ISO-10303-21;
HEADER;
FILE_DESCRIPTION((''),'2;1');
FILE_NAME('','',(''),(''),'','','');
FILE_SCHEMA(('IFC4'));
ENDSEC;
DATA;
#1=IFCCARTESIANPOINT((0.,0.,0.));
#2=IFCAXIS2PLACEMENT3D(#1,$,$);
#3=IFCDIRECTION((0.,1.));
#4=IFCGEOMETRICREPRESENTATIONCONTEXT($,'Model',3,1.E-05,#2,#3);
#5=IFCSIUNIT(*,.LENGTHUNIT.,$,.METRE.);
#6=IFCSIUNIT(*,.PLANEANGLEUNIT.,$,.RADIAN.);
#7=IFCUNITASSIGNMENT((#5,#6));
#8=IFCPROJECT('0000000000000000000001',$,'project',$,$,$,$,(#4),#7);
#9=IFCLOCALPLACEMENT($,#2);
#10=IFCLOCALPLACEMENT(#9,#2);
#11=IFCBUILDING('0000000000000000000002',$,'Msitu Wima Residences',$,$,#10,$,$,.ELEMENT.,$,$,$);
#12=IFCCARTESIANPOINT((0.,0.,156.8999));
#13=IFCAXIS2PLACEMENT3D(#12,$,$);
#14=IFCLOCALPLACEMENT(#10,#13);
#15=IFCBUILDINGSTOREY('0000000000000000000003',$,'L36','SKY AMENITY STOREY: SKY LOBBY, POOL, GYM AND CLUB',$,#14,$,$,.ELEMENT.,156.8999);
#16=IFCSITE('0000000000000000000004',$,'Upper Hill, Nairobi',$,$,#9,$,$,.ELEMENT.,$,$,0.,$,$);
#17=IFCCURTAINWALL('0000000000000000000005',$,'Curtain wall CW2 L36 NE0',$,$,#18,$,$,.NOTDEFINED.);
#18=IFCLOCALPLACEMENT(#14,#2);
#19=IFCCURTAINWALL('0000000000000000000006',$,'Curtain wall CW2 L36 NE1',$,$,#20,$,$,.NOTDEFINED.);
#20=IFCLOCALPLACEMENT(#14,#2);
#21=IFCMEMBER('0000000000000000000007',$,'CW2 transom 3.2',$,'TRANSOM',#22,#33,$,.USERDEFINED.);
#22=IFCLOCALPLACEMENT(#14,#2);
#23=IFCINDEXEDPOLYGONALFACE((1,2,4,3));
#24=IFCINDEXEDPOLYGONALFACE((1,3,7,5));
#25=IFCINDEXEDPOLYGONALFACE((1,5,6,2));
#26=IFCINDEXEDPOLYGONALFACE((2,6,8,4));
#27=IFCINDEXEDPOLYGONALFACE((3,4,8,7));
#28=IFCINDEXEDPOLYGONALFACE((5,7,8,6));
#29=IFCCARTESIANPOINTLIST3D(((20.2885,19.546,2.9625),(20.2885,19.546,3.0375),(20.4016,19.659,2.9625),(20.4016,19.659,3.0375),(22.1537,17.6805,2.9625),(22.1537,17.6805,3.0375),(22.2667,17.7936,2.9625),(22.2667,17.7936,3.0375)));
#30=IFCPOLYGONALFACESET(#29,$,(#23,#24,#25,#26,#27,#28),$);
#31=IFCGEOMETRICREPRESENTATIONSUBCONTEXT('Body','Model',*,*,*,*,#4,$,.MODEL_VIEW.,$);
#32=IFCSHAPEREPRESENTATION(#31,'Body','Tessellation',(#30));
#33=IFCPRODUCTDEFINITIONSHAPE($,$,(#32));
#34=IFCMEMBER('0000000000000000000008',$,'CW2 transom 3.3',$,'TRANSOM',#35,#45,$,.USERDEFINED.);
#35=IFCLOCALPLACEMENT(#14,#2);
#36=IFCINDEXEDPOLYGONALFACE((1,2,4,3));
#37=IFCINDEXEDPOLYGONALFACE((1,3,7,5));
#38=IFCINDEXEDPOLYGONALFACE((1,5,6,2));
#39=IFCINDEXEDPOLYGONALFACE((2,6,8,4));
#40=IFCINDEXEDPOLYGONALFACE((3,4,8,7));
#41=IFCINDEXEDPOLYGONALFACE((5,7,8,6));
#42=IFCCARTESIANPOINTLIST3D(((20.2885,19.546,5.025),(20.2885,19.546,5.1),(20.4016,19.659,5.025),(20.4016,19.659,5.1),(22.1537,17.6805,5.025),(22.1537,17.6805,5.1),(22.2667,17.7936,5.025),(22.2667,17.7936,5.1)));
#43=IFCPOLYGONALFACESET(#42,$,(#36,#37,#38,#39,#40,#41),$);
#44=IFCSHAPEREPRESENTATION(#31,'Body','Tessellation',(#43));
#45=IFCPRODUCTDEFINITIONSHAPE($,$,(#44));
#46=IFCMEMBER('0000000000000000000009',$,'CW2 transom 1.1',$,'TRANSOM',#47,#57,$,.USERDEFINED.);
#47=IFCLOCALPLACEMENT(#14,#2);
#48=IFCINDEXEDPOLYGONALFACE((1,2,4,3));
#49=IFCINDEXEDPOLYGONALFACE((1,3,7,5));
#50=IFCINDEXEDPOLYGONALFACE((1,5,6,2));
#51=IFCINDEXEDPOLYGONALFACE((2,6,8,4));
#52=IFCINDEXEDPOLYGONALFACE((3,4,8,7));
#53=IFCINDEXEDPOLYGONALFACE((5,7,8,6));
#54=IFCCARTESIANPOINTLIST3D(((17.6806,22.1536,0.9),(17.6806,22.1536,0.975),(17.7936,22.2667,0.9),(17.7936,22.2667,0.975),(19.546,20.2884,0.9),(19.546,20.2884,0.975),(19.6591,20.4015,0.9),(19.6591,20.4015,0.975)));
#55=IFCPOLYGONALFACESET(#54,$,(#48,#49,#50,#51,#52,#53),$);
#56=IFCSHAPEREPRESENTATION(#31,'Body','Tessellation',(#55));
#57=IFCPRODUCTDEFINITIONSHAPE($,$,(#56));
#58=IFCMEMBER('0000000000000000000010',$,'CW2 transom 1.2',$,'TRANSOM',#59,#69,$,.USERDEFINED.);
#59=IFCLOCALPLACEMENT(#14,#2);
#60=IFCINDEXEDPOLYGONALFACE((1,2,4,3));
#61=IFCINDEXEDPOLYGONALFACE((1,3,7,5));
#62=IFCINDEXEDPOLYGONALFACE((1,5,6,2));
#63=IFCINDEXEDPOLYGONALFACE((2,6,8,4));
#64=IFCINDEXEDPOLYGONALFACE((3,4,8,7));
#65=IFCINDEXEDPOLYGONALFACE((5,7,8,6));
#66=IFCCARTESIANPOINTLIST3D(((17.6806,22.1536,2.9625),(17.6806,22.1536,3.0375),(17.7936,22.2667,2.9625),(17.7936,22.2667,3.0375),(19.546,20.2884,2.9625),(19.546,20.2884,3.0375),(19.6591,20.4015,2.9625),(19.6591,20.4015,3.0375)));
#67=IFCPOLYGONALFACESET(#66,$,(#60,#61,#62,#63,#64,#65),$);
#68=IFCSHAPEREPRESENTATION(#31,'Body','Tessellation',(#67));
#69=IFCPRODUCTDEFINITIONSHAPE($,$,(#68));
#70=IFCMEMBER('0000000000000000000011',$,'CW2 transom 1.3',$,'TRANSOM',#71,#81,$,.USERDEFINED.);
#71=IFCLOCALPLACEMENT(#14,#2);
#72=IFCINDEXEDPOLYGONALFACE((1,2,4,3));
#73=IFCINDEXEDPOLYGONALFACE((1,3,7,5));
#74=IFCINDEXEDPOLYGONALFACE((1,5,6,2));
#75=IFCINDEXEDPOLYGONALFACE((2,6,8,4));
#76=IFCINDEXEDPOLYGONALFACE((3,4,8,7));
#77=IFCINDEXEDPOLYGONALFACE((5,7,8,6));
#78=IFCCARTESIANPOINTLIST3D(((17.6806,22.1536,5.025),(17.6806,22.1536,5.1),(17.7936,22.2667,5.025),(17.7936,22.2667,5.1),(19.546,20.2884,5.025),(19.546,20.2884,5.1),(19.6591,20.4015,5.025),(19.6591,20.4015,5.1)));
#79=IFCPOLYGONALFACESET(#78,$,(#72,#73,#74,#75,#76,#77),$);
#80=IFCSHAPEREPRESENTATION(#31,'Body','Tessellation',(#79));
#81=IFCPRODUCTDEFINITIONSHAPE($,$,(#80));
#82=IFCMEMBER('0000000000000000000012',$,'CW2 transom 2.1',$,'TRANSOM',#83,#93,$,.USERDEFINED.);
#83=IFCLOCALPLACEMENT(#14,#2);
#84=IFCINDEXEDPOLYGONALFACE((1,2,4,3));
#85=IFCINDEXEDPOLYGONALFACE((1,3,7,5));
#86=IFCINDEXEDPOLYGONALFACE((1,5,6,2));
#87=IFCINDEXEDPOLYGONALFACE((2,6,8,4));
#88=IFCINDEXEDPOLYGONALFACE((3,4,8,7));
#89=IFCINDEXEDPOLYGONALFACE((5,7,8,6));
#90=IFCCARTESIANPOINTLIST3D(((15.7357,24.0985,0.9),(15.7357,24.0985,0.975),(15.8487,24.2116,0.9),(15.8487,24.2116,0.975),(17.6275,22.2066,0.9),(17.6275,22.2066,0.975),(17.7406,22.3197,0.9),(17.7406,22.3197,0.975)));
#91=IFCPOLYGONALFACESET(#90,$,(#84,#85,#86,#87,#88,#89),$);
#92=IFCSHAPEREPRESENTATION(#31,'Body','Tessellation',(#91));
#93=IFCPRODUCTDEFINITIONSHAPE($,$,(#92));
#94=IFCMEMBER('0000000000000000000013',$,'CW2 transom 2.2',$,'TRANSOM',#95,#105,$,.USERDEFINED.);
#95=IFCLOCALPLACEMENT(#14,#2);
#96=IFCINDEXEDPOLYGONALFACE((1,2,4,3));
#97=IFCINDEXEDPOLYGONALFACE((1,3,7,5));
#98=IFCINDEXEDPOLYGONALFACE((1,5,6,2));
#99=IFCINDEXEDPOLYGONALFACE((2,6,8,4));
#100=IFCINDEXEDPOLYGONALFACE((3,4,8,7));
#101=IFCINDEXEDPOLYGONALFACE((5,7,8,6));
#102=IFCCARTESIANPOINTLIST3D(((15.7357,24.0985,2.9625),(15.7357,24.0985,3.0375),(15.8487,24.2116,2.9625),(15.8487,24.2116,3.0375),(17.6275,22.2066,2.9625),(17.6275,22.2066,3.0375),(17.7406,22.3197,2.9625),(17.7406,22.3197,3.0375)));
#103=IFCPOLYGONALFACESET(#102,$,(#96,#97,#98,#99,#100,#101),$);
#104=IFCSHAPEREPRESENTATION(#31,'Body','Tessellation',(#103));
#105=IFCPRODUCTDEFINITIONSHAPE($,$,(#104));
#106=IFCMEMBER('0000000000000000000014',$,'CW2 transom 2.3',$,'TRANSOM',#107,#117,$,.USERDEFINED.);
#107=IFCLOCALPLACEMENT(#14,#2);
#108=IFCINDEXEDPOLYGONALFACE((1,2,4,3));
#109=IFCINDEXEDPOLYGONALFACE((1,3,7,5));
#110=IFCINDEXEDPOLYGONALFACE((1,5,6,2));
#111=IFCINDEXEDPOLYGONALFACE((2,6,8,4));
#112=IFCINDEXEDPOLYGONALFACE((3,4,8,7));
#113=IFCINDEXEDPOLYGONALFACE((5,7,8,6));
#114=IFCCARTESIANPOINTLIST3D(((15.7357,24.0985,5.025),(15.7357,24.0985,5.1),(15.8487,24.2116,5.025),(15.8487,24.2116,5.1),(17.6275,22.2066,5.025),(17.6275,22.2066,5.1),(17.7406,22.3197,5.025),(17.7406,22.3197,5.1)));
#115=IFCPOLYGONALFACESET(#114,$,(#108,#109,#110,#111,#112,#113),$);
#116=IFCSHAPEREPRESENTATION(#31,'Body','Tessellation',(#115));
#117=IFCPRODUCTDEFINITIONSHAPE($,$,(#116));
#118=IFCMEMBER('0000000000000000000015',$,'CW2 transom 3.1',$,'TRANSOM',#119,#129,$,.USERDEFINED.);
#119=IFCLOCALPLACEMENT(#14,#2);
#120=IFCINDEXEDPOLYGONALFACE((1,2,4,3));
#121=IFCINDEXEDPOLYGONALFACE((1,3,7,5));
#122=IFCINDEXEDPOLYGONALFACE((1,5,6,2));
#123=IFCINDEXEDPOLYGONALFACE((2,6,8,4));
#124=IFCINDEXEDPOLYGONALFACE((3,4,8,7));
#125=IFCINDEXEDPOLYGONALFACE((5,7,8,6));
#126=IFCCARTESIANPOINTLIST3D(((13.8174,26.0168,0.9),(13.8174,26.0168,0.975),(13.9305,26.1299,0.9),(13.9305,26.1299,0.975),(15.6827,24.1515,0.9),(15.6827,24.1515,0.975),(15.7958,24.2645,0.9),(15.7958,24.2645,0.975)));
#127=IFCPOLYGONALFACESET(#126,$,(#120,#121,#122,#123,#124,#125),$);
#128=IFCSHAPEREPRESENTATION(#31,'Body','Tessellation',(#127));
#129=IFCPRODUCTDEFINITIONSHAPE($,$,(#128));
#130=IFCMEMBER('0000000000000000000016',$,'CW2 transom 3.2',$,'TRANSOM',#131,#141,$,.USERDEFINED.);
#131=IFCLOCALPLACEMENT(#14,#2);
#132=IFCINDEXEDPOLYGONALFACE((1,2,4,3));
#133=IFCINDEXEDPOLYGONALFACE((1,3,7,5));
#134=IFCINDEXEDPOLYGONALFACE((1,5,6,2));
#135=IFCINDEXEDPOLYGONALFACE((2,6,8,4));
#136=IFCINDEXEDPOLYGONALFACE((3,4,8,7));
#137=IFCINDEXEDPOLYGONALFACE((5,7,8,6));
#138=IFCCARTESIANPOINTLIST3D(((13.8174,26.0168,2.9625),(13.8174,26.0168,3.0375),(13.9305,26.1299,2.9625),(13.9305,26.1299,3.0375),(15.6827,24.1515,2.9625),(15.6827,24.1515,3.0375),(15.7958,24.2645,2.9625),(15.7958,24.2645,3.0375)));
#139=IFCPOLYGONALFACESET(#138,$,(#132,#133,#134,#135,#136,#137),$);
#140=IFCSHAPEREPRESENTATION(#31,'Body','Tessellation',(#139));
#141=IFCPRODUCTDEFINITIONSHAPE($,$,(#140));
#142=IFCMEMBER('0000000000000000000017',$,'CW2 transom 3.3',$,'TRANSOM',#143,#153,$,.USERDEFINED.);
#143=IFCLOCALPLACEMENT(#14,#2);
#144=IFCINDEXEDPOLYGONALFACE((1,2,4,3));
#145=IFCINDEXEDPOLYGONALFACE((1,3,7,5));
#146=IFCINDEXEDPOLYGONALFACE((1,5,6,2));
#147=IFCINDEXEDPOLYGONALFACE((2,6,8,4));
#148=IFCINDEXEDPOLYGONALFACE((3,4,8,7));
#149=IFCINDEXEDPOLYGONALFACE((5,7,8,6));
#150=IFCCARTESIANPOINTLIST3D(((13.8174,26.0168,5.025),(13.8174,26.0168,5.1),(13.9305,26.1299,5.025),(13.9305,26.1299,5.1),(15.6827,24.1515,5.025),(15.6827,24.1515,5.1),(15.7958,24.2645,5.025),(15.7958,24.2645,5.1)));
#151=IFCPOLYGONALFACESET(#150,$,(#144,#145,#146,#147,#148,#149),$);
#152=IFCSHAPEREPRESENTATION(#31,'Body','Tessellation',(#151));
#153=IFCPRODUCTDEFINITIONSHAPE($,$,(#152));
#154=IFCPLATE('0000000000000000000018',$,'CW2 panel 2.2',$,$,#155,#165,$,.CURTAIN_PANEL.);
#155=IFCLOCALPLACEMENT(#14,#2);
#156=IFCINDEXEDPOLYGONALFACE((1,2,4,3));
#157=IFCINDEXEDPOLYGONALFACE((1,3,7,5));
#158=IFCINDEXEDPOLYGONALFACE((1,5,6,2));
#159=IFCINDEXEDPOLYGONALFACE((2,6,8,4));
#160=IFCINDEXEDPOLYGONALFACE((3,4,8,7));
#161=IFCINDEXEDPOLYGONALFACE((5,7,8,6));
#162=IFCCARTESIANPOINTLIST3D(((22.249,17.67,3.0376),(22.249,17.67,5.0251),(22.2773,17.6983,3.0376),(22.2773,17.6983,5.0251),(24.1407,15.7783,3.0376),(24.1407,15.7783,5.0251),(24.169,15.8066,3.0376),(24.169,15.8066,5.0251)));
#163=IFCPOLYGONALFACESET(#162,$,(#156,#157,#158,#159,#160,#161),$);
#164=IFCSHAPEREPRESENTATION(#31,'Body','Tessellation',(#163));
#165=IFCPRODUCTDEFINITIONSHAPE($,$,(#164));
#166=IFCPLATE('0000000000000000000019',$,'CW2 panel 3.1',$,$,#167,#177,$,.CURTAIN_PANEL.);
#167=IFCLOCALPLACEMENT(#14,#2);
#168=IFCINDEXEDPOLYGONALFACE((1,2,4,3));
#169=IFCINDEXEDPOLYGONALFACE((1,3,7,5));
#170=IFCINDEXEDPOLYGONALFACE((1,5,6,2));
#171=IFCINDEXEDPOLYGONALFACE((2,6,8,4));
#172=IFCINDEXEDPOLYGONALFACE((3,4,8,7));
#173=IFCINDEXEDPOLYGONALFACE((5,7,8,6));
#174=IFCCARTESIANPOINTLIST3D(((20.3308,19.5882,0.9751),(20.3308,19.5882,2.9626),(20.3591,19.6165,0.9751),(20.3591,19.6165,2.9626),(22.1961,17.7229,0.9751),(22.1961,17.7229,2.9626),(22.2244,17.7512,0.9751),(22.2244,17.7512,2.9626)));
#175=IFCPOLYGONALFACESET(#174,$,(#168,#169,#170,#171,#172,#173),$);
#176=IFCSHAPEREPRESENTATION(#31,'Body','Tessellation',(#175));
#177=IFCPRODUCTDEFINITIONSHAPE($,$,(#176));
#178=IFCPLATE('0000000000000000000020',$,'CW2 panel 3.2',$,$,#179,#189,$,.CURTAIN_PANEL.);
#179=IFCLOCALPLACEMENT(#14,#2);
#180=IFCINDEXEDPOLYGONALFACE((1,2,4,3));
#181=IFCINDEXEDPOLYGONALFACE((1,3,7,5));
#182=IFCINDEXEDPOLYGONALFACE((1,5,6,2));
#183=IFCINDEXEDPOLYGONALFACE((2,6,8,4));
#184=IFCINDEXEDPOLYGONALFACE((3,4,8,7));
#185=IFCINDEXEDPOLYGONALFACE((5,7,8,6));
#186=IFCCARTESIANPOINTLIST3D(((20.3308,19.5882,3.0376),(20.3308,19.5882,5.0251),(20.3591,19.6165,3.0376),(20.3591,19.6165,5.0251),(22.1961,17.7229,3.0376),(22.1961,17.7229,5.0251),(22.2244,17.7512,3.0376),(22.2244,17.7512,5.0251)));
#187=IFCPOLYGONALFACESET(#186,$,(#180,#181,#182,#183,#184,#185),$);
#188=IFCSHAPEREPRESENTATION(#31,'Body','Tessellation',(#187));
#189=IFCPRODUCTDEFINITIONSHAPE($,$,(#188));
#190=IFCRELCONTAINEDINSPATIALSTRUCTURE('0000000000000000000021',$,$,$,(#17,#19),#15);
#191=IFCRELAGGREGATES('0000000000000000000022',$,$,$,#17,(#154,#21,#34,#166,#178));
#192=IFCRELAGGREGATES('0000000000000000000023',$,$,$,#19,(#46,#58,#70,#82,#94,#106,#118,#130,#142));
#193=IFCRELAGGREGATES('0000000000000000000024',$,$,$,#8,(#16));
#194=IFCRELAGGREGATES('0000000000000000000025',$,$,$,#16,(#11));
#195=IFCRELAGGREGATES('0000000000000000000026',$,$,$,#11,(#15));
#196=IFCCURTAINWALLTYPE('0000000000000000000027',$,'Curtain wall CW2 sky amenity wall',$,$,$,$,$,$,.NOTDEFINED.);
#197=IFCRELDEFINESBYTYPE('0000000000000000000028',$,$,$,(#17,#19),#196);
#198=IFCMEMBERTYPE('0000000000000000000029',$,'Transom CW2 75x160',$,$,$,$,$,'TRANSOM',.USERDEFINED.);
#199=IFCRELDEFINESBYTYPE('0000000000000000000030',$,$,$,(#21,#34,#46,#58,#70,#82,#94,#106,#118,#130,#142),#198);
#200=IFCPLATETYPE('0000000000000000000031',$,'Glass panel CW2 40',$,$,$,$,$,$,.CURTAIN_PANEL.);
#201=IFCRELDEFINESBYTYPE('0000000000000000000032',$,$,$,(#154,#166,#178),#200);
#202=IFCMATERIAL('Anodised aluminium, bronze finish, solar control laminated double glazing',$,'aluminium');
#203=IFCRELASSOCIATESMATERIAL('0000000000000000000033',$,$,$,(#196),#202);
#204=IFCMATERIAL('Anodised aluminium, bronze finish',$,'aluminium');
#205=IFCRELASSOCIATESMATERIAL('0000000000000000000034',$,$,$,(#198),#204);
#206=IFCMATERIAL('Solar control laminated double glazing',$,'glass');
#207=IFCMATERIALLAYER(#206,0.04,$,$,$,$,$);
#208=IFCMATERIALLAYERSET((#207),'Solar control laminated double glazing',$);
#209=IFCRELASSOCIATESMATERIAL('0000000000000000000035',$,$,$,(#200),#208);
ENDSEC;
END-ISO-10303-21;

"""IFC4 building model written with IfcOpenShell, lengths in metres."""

from ifc_helpers import new_model, si_unit, direction, frame, origin, origin_2d, place, context, subcontext, project, spatial, rectangle, extrude, material, layer, layer_set, material_profile, profile_set, type_object, element, aggregate, save


model = new_model("IFC4")

# Units and contexts
model_context = context("Model", 3, precision=1e-05, world=origin(), true_north=direction((0.0, 1.0)))
body_context = subcontext(model_context, "Body", "Model", "MODEL_VIEW")
ifc_project = project(units=[si_unit("LENGTHUNIT", "METRE"), si_unit("PLANEANGLEUNIT", "RADIAN")], contexts=[model_context])

# Site, building, storey
site_placement = place(None, origin())
site = spatial("IfcSite", under=ifc_project, at=site_placement, Name="Upper Hill, Nairobi", CompositionType="ELEMENT", RefElevation=0.0)
building_placement = place(site_placement, origin())
building = spatial("IfcBuilding", under=site, at=building_placement, Name="Msitu Wima Residences", CompositionType="ELEMENT")
storey_placement = place(building_placement, frame((0.0, 0.0, 156.8999)))
storey = spatial("IfcBuildingStorey", under=building, at=storey_placement, Name="L36", Description="SKY AMENITY STOREY: SKY LOBBY, POOL, GYM AND CLUB", CompositionType="ELEMENT", Elevation=156.8999)

# Curtain walls
ifc_material_1 = material(Name="Anodised aluminium, bronze finish, solar control laminated double glazing", Category="aluminium")
curtain_wall_type = type_object("IfcCurtainWallType", Name="Curtain wall CW2 sky amenity wall", PredefinedType="NOTDEFINED", material=ifc_material_1)
curtain_wall_1_placement = place(storey_placement, origin())
curtain_wall_1 = element("IfcCurtainWall", 1, at=curtain_wall_1_placement, inside=storey, type_object=curtain_wall_type, Name="Curtain wall CW2 L36 NE0", PredefinedType="NOTDEFINED")
ifc_material_2 = material(Name="Anodised aluminium, bronze finish", Category="aluminium")
curtain_wall_2_placement = place(storey_placement, origin())
curtain_wall_2 = element("IfcCurtainWall", 2, at=curtain_wall_2_placement, inside=storey, type_object=curtain_wall_type, Name="Curtain wall CW2 L36 NE1", PredefinedType="NOTDEFINED")

# Members
ifc_material_profile_1 = material_profile(ifc_material_2, rectangle(XDim=0.1599, YDim=0.075, at=origin_2d()), Name="Transom 75x160")
ifc_profile_set_1 = profile_set([ifc_material_profile_1], Name="Anodised aluminium, bronze finish")
member_type_1 = type_object("IfcMemberType", Name="Transom CW2 75x160", ElementType="TRANSOM", PredefinedType="USERDEFINED", material=ifc_profile_set_1)
member_1_placement = place(storey_placement, frame((22.2102, 17.7371, 3.0), z_axis=(-0.707061, 0.707153, 0.0), x_axis=(-0.707153, -0.707061, 0.0)))
member_1 = element("IfcMember", 3, at=member_1_placement, type_object=member_type_1, Name="CW2 transom 3.2", ObjectType="TRANSOM", PredefinedType="USERDEFINED", context=body_context, shape_type="SweptSolid", body=[
    extrude(rectangle(XDim=0.1599, YDim=0.075, at=origin_2d()), origin(), (0.0, 0.0, 1.0), 2.6379),
])
member_2_placement = place(storey_placement, frame((22.2102, 17.7371, 5.0625), z_axis=(-0.707061, 0.707153, 0.0), x_axis=(-0.707153, -0.707061, 0.0)))
member_2 = element("IfcMember", 4, at=member_2_placement, type_object=member_type_1, Name="CW2 transom 3.3", ObjectType="TRANSOM", PredefinedType="USERDEFINED", context=body_context, shape_type="SweptSolid", body=[
    extrude(rectangle(XDim=0.1599, YDim=0.075, at=origin_2d()), origin(), (0.0, 0.0, 1.0), 2.6379),
])
member_3_placement = place(storey_placement, frame((19.6025, 20.345, 0.9375), z_axis=(-0.707153, 0.707061, 0.0), x_axis=(-0.707061, -0.707153, 0.0)))
member_3 = element("IfcMember", 5, at=member_3_placement, type_object=member_type_1, Name="CW2 transom 1.1", ObjectType="TRANSOM", PredefinedType="USERDEFINED", context=body_context, shape_type="SweptSolid", body=[
    extrude(rectangle(XDim=0.1599, YDim=0.075, at=origin_2d()), origin(), (0.0, 0.0, 1.0), 2.6379),
])
member_4_placement = place(storey_placement, frame((19.6025, 20.345, 3.0), z_axis=(-0.707153, 0.707061, 0.0), x_axis=(-0.707061, -0.707153, 0.0)))
member_4 = element("IfcMember", 6, at=member_4_placement, type_object=member_type_1, Name="CW2 transom 1.2", ObjectType="TRANSOM", PredefinedType="USERDEFINED", context=body_context, shape_type="SweptSolid", body=[
    extrude(rectangle(XDim=0.1599, YDim=0.075, at=origin_2d()), origin(), (0.0, 0.0, 1.0), 2.6379),
])
member_5_placement = place(storey_placement, frame((19.6025, 20.345, 5.0625), z_axis=(-0.707153, 0.707061, 0.0), x_axis=(-0.707061, -0.707153, 0.0)))
member_5 = element("IfcMember", 7, at=member_5_placement, type_object=member_type_1, Name="CW2 transom 1.3", ObjectType="TRANSOM", PredefinedType="USERDEFINED", context=body_context, shape_type="SweptSolid", body=[
    extrude(rectangle(XDim=0.1599, YDim=0.075, at=origin_2d()), origin(), (0.0, 0.0, 1.0), 2.6379),
])
member_6_placement = place(storey_placement, frame((17.6841, 22.2632, 0.9375), z_axis=(-0.707107, 0.707107, 0.0), x_axis=(-0.707107, -0.707107, 0.0)))
member_6 = element("IfcMember", 8, at=member_6_placement, type_object=member_type_1, Name="CW2 transom 2.1", ObjectType="TRANSOM", PredefinedType="USERDEFINED", context=body_context, shape_type="SweptSolid", body=[
    extrude(rectangle(XDim=0.1599, YDim=0.075, at=origin_2d()), origin(), (0.0, 0.0, 1.0), 2.6755),
])
member_7_placement = place(storey_placement, frame((17.6841, 22.2632, 3.0), z_axis=(-0.707107, 0.707107, 0.0), x_axis=(-0.707107, -0.707107, 0.0)))
member_7 = element("IfcMember", 9, at=member_7_placement, type_object=member_type_1, Name="CW2 transom 2.2", ObjectType="TRANSOM", PredefinedType="USERDEFINED", context=body_context, shape_type="SweptSolid", body=[
    extrude(rectangle(XDim=0.1599, YDim=0.075, at=origin_2d()), origin(), (0.0, 0.0, 1.0), 2.6755),
])
member_8_placement = place(storey_placement, frame((17.6841, 22.2632, 5.0625), z_axis=(-0.707107, 0.707107, 0.0), x_axis=(-0.707107, -0.707107, 0.0)))
member_8 = element("IfcMember", 10, at=member_8_placement, type_object=member_type_1, Name="CW2 transom 2.3", ObjectType="TRANSOM", PredefinedType="USERDEFINED", context=body_context, shape_type="SweptSolid", body=[
    extrude(rectangle(XDim=0.1599, YDim=0.075, at=origin_2d()), origin(), (0.0, 0.0, 1.0), 2.6755),
])
member_9_placement = place(storey_placement, frame((15.7393, 24.208, 0.9375), z_axis=(-0.707107, 0.707107, 0.0), x_axis=(-0.707107, -0.707107, 0.0)))
member_9 = element("IfcMember", 11, at=member_9_placement, type_object=member_type_1, Name="CW2 transom 3.1", ObjectType="TRANSOM", PredefinedType="USERDEFINED", context=body_context, shape_type="SweptSolid", body=[
    extrude(rectangle(XDim=0.1599, YDim=0.075, at=origin_2d()), origin(), (0.0, 0.0, 1.0), 2.6379),
])
member_10_placement = place(storey_placement, frame((15.7393, 24.208, 3.0), z_axis=(-0.707107, 0.707107, 0.0), x_axis=(-0.707107, -0.707107, 0.0)))
member_10 = element("IfcMember", 12, at=member_10_placement, type_object=member_type_1, Name="CW2 transom 3.2", ObjectType="TRANSOM", PredefinedType="USERDEFINED", context=body_context, shape_type="SweptSolid", body=[
    extrude(rectangle(XDim=0.1599, YDim=0.075, at=origin_2d()), origin(), (0.0, 0.0, 1.0), 2.6379),
])
member_11_placement = place(storey_placement, frame((15.7393, 24.208, 5.0625), z_axis=(-0.707107, 0.707107, 0.0), x_axis=(-0.707107, -0.707107, 0.0)))
member_11 = element("IfcMember", 13, at=member_11_placement, type_object=member_type_1, Name="CW2 transom 3.3", ObjectType="TRANSOM", PredefinedType="USERDEFINED", context=body_context, shape_type="SweptSolid", body=[
    extrude(rectangle(XDim=0.1599, YDim=0.075, at=origin_2d()), origin(), (0.0, 0.0, 1.0), 2.6379),
])

# Plates
ifc_material_3 = material(Name="Solar control laminated double glazing", Category="glass")
ifc_layer_1 = layer(ifc_material_3, 0.04)
ifc_layer_set_1 = layer_set([ifc_layer_1], Name="Solar control laminated double glazing")
plate_type = type_object("IfcPlateType", Name="Glass panel CW2 40", PredefinedType="CURTAIN_PANEL", material=ifc_layer_set_1)
plate_1_placement = place(storey_placement, frame((23.209, 16.7383, 3.0376), z_axis=(0.0, 0.0, 1.0), x_axis=(-0.707107, 0.707107, 0.0)))
plate_1 = element("IfcPlate", 14, at=plate_1_placement, type_object=plate_type, Name="CW2 panel 2.2", PredefinedType="CURTAIN_PANEL", context=body_context, shape_type="SweptSolid", body=[
    extrude(rectangle(XDim=2.6753, YDim=0.04, at=origin_2d()), origin(), (0.0, 0.0, 1.0), 1.9875),
])
plate_2_placement = place(storey_placement, frame((21.2776, 18.6697, 0.9751), z_axis=(0.0, 0.0, 1.0), x_axis=(-0.707107, 0.707107, 0.0)))
plate_2 = element("IfcPlate", 15, at=plate_2_placement, type_object=plate_type, Name="CW2 panel 3.1", PredefinedType="CURTAIN_PANEL", context=body_context, shape_type="SweptSolid", body=[
    extrude(rectangle(XDim=2.6379, YDim=0.04, at=origin_2d()), origin(), (0.0, 0.0, 1.0), 1.9875),
])
plate_3_placement = place(storey_placement, frame((21.2776, 18.6697, 3.0376), z_axis=(0.0, 0.0, 1.0), x_axis=(-0.707107, 0.707107, 0.0)))
plate_3 = element("IfcPlate", 16, at=plate_3_placement, type_object=plate_type, Name="CW2 panel 3.2", PredefinedType="CURTAIN_PANEL", context=body_context, shape_type="SweptSolid", body=[
    extrude(rectangle(XDim=2.6379, YDim=0.04, at=origin_2d()), origin(), (0.0, 0.0, 1.0), 1.9875),
])
aggregate(curtain_wall_1, [plate_1, member_1, member_2, plate_2, plate_3])
aggregate(curtain_wall_2, [member_3, member_4, member_5, member_6, member_7, member_8, member_9, member_10, member_11])

save(model, "model.ifc")
